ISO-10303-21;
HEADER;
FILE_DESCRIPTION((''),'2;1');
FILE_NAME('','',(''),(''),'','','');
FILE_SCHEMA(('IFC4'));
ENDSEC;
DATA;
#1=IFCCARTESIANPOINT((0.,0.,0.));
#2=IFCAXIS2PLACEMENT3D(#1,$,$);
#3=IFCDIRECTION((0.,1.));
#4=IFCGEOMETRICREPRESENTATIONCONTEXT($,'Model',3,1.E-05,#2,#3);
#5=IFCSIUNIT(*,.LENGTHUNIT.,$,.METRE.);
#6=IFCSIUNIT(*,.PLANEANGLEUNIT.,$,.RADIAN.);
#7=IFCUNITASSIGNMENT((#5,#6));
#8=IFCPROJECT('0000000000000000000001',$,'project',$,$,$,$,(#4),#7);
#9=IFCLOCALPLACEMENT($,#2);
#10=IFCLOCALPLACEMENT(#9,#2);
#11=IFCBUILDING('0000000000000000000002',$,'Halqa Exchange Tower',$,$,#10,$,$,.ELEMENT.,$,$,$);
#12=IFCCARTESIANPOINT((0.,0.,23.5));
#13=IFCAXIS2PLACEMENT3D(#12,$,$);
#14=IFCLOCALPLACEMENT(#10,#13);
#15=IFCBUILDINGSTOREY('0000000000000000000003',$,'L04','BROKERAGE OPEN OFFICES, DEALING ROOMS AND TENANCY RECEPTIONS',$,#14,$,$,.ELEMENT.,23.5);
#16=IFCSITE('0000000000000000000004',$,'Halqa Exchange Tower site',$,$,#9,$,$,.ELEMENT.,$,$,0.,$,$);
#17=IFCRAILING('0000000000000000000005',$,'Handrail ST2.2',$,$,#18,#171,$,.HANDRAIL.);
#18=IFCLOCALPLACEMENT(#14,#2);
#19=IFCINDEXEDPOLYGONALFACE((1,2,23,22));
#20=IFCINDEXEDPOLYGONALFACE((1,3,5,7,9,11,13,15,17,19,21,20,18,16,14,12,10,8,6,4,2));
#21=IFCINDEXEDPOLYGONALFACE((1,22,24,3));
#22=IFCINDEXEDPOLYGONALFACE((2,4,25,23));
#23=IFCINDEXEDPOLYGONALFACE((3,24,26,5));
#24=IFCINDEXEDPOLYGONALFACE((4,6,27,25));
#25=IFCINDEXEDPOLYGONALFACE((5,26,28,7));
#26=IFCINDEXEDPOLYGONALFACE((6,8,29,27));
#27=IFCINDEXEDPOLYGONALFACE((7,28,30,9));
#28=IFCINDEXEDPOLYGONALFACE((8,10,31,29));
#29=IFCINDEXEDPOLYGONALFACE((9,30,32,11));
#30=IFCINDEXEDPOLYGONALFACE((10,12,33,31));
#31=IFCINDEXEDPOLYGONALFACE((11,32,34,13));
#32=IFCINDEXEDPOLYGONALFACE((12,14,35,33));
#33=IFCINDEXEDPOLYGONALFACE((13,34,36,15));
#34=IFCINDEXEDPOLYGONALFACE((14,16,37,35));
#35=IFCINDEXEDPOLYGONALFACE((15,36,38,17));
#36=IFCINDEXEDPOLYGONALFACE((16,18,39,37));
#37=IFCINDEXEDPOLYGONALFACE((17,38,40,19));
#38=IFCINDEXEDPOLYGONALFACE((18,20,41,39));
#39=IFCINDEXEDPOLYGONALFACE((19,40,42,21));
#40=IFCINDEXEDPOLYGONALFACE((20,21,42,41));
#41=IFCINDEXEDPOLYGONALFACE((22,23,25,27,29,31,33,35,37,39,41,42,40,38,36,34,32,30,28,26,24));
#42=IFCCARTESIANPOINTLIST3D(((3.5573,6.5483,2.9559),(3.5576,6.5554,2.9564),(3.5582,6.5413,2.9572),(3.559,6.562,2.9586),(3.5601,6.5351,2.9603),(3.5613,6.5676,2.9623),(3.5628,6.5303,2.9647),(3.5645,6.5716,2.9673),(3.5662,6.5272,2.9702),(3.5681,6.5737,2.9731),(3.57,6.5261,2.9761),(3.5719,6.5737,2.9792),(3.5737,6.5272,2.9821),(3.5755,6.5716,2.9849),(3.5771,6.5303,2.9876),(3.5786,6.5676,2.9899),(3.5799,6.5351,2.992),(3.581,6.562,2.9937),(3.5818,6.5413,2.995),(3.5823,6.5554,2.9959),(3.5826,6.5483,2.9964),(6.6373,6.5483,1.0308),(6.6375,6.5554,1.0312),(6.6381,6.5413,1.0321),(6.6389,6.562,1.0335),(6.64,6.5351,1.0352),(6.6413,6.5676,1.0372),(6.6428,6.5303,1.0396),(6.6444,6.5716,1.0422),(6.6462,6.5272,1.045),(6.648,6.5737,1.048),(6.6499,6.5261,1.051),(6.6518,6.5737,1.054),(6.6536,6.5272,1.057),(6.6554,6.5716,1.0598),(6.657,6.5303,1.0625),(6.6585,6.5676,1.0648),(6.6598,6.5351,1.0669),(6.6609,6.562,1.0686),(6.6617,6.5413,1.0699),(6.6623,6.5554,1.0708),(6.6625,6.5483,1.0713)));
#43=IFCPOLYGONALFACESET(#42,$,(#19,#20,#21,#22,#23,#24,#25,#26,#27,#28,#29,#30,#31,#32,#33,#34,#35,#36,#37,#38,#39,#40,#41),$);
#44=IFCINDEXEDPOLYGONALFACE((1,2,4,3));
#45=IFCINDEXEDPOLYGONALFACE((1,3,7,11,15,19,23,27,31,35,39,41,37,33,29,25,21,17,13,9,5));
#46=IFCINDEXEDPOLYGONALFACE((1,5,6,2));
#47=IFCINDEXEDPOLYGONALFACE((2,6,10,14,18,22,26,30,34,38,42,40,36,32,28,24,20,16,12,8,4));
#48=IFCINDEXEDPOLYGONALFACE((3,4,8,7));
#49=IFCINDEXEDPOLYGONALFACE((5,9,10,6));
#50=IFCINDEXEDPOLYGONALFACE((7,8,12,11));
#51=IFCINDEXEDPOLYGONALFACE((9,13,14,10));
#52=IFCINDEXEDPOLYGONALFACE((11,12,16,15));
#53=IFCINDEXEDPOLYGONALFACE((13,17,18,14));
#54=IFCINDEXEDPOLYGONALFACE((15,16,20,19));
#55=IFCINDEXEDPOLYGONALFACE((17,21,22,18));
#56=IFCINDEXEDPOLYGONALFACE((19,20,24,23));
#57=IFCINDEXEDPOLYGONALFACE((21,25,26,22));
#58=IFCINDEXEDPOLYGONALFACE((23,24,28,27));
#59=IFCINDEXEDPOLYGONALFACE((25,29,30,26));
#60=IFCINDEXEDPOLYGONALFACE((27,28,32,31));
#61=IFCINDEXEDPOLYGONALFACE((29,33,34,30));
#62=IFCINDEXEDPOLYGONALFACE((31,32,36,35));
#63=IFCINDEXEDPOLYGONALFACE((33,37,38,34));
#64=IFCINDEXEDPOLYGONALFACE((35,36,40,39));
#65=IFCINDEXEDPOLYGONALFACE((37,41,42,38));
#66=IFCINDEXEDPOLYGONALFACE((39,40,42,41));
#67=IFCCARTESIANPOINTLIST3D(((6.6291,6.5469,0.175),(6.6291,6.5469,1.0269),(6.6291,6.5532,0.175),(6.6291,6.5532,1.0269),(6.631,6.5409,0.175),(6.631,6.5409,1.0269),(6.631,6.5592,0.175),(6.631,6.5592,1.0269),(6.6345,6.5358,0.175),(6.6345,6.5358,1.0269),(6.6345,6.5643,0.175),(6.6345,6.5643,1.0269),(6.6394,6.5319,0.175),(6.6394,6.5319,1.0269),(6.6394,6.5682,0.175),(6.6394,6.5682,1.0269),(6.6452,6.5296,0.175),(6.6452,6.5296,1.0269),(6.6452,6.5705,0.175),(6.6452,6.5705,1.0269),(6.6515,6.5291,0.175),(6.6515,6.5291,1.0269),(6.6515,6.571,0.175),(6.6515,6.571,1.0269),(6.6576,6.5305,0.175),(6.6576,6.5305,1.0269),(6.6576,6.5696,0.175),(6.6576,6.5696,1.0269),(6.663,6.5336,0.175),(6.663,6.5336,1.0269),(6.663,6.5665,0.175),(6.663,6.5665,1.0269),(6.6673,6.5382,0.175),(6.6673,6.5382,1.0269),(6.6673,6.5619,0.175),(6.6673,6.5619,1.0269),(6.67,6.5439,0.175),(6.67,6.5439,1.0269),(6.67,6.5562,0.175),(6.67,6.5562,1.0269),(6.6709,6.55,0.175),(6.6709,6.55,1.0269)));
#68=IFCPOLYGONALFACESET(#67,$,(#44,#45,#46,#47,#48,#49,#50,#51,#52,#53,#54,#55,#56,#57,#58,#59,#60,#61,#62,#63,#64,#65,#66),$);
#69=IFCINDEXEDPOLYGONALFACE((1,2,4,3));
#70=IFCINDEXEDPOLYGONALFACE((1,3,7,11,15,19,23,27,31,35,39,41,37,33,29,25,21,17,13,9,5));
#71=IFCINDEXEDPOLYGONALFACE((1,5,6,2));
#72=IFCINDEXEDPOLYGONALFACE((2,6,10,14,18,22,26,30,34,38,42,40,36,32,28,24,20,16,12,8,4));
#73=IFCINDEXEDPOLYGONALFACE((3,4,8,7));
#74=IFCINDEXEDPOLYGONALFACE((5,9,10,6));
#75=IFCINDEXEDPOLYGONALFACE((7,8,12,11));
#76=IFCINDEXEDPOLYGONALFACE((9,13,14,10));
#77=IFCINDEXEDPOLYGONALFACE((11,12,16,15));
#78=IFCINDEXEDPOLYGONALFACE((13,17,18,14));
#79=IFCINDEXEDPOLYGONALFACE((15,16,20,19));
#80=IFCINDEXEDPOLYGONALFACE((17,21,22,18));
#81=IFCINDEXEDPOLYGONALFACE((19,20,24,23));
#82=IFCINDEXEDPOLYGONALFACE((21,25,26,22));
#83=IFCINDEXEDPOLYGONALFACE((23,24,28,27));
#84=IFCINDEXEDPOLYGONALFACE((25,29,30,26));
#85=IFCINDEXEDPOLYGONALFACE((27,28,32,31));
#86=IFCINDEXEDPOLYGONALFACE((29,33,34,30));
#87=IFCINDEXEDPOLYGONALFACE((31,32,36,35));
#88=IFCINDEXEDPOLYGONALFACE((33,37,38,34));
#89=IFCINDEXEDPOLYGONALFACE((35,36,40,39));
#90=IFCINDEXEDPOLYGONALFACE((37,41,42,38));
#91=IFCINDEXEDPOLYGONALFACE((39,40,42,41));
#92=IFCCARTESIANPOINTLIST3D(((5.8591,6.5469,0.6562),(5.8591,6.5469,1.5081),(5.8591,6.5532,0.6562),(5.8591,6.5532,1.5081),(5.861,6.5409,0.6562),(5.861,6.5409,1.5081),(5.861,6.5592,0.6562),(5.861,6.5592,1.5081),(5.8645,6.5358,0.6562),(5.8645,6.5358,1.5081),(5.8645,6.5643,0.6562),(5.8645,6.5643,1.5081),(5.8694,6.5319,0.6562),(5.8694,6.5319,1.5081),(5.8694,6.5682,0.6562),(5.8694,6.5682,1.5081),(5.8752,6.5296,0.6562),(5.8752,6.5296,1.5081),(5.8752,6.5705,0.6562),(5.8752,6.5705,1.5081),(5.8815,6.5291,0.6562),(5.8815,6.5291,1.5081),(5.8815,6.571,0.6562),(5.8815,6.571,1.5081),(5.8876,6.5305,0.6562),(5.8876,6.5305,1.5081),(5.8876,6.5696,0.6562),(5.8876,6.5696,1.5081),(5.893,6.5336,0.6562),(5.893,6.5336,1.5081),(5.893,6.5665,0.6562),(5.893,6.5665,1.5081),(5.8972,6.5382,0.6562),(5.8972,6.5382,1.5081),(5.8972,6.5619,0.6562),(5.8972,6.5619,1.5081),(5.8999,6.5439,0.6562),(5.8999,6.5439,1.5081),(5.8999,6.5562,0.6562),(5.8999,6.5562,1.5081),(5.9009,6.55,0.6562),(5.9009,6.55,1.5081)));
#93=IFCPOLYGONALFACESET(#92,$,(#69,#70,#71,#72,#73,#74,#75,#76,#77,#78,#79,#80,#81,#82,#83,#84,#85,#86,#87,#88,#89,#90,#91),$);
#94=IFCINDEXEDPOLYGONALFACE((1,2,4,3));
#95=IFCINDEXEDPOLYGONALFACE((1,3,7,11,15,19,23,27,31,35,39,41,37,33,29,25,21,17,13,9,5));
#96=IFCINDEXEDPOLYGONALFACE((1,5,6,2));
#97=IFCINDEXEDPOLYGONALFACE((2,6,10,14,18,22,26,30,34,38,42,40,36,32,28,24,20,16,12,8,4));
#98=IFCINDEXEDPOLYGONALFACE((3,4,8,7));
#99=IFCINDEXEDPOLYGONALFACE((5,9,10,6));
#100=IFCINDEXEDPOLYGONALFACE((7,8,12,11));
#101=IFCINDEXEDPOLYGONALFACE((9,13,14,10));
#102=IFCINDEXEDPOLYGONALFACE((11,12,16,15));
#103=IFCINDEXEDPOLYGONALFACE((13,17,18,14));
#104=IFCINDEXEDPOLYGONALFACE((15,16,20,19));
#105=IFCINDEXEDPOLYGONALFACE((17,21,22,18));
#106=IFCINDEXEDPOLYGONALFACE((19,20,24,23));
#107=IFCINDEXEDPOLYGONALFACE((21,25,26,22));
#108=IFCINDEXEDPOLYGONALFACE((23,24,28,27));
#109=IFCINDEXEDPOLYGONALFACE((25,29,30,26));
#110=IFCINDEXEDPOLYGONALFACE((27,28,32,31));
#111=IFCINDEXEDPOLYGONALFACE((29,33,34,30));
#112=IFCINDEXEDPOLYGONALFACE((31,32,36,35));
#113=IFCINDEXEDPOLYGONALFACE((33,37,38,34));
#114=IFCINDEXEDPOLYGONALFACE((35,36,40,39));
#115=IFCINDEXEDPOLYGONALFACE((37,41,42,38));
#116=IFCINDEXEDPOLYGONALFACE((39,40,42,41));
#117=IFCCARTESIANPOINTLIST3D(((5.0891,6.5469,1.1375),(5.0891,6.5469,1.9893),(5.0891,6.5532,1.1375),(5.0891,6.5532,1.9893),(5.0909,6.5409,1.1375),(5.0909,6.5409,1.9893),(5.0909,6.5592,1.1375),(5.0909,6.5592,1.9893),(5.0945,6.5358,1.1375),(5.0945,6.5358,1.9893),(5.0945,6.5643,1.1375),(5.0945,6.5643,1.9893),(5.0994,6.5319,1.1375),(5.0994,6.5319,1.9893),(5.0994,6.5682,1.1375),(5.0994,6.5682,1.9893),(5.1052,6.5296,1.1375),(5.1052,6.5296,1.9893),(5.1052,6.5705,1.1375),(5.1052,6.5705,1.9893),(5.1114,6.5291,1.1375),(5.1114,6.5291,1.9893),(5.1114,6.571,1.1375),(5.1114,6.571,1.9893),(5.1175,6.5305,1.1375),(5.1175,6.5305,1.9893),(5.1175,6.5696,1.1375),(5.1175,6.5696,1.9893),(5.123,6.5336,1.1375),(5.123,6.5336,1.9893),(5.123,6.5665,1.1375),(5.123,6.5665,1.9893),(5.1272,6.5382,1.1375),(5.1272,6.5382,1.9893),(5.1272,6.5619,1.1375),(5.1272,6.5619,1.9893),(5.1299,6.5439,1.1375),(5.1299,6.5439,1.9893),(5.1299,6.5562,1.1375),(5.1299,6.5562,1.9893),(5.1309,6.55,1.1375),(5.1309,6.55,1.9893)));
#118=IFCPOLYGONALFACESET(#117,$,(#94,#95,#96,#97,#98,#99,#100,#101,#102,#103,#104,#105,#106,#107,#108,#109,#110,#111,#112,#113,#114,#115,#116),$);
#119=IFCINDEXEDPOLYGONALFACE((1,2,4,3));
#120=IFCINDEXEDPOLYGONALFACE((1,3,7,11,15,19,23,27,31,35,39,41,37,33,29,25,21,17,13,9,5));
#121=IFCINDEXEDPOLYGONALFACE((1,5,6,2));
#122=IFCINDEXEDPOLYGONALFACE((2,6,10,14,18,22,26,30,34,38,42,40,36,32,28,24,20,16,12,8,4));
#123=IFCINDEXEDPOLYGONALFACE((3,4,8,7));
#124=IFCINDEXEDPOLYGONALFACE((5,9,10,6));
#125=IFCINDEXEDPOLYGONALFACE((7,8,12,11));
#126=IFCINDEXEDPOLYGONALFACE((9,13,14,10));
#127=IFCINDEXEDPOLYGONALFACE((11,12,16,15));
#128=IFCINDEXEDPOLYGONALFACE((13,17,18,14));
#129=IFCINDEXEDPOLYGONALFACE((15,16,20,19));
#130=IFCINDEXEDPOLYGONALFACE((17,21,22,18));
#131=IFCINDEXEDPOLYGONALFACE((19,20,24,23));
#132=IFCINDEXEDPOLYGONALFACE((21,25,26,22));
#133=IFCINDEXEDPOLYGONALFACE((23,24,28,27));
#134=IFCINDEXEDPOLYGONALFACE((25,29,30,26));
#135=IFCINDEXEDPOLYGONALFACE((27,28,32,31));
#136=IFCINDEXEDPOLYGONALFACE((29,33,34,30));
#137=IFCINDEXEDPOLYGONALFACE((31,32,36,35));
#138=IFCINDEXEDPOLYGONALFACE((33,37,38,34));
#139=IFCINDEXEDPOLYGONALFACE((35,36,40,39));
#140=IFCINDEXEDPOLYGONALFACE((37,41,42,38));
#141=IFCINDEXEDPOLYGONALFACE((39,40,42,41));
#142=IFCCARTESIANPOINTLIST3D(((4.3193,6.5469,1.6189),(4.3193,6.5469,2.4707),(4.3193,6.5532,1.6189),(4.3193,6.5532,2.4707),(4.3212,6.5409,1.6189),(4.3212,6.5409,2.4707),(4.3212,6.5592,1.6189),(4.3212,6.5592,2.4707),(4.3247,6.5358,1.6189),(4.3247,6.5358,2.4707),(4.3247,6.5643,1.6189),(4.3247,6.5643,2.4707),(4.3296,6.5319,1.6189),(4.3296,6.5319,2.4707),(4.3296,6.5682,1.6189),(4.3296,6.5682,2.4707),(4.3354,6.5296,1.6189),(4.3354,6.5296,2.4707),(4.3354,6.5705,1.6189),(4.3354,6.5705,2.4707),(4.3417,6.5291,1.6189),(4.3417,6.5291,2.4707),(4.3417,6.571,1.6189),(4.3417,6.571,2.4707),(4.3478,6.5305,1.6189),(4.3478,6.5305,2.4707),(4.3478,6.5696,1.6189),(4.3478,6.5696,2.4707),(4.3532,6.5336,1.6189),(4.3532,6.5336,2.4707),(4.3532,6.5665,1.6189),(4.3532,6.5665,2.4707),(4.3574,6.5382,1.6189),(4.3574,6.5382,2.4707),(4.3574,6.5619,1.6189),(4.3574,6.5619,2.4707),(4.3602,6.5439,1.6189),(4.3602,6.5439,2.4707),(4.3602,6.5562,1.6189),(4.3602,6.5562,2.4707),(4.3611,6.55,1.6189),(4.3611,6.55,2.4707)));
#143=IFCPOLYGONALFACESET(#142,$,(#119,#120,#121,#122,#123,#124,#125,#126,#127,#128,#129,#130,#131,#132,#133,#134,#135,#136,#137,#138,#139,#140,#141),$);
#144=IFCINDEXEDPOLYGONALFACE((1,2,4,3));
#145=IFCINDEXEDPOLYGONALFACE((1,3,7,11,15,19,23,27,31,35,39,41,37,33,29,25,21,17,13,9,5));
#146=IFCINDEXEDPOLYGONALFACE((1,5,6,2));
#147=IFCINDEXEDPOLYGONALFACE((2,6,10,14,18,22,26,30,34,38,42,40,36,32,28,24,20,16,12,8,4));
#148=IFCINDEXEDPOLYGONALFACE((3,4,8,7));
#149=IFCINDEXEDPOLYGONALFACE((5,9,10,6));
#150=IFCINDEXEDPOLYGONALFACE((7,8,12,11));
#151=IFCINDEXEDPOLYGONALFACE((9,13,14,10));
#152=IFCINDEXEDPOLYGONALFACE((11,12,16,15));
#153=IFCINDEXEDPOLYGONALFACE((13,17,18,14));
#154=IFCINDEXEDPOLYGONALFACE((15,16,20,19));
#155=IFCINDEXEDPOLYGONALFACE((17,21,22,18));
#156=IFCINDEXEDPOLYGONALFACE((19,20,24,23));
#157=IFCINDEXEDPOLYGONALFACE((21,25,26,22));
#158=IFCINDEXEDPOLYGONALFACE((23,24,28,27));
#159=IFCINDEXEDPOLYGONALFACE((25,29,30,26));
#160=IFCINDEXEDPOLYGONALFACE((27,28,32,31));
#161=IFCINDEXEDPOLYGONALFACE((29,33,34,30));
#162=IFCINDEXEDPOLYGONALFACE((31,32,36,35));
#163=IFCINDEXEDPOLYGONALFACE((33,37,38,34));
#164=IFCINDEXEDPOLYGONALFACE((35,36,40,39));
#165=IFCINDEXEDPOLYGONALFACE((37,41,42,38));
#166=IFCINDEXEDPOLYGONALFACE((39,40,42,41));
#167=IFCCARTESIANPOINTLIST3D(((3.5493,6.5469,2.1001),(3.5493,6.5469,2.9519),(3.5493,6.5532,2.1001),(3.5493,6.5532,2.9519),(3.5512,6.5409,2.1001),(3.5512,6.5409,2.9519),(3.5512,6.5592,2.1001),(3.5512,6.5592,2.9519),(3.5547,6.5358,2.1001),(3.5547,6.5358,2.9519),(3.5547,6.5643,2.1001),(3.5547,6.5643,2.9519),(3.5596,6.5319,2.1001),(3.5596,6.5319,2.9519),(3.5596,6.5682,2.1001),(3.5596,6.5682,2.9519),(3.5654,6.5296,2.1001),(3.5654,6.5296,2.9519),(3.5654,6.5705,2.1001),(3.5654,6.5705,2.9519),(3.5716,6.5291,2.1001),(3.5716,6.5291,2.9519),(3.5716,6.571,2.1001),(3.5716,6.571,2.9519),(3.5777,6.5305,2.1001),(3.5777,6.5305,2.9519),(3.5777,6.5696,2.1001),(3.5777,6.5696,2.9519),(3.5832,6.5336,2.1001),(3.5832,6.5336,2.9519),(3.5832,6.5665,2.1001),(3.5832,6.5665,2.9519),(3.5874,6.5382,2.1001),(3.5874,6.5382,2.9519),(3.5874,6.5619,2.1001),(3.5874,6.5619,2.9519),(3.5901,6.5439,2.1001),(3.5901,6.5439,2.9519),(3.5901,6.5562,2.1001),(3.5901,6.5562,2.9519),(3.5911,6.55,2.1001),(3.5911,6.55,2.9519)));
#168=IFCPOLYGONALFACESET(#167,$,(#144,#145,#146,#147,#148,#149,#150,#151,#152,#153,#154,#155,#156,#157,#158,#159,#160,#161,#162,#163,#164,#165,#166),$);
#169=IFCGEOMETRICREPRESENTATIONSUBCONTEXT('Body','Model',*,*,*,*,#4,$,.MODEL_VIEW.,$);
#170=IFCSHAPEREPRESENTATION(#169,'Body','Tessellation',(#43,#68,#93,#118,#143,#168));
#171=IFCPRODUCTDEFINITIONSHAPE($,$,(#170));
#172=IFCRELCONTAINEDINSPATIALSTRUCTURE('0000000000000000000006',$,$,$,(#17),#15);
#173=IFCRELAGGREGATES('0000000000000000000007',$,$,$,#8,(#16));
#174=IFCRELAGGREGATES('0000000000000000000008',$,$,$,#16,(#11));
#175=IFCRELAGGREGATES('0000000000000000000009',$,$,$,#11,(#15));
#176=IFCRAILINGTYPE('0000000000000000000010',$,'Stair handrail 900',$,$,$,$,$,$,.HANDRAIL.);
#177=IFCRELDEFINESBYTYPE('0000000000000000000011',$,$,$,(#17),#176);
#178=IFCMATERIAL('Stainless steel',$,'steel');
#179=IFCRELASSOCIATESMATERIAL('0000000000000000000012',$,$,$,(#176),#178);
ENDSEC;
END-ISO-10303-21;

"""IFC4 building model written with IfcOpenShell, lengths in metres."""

from ifc_helpers import new_model, si_unit, direction, frame, origin, origin_2d, place, context, subcontext, project, spatial, circle, extrude, material, type_object, element, save


model = new_model("IFC4")

# Units and contexts
model_context = context("Model", 3, precision=1e-05, world=origin(), true_north=direction((0.0, 1.0)))
body_context = subcontext(model_context, "Body", "Model", "MODEL_VIEW")
ifc_project = project(units=[si_unit("LENGTHUNIT", "METRE"), si_unit("PLANEANGLEUNIT", "RADIAN")], contexts=[model_context])

# Site, building, storey
site_placement = place(None, origin())
site = spatial("IfcSite", under=ifc_project, at=site_placement, Name="Halqa Exchange Tower site", CompositionType="ELEMENT", RefElevation=0.0)
building_placement = place(site_placement, origin())
building = spatial("IfcBuilding", under=site, at=building_placement, Name="Halqa Exchange Tower", CompositionType="ELEMENT")
storey_placement = place(building_placement, frame((0.0, 0.0, 23.5)))
storey = spatial("IfcBuildingStorey", under=building, at=storey_placement, Name="L04", Description="BROKERAGE OPEN OFFICES, DEALING ROOMS AND TENANCY RECEPTIONS", CompositionType="ELEMENT", Elevation=23.5)

# Railing
ifc_material_1 = material(Name="Stainless steel", Category="steel")
railing_type_1 = type_object("IfcRailingType", Name="Stair handrail 900", PredefinedType="HANDRAIL", material=ifc_material_1)
railing_1_placement = place(storey_placement, frame((6.6499, 6.55, 0.175)))
element("IfcRailing", 1, at=railing_1_placement, inside=storey, type_object=railing_type_1, Name="Handrail ST2.2", PredefinedType="HANDRAIL", context=body_context, shape_type="SweptSolid", body=[
    extrude(circle(Radius=0.0239, at=origin_2d()), frame((0.0, 0.0, 0.876), z_axis=(-0.847979, 0.0, 0.530029), x_axis=(0.0, -1.0, 0.0)), (0.0, 0.0, 1.0), 3.6321),
    extrude(circle(Radius=0.021, at=origin_2d()), origin(), (0.0, 0.0, 1.0), 0.8518),
    extrude(circle(Radius=0.021, at=origin_2d()), frame((-0.77, 0.0, 0.4812)), (0.0, 0.0, 1.0), 0.8518),
    extrude(circle(Radius=0.021, at=origin_2d()), frame((-1.54, 0.0, 0.9624)), (0.0, 0.0, 1.0), 0.8518),
    extrude(circle(Radius=0.021, at=origin_2d()), frame((-2.3098, 0.0, 1.4438)), (0.0, 0.0, 1.0), 0.8518),
    extrude(circle(Radius=0.021, at=origin_2d()), frame((-3.0798, 0.0, 1.925)), (0.0, 0.0, 1.0), 0.8518),
])

save(model, "model.ifc")
